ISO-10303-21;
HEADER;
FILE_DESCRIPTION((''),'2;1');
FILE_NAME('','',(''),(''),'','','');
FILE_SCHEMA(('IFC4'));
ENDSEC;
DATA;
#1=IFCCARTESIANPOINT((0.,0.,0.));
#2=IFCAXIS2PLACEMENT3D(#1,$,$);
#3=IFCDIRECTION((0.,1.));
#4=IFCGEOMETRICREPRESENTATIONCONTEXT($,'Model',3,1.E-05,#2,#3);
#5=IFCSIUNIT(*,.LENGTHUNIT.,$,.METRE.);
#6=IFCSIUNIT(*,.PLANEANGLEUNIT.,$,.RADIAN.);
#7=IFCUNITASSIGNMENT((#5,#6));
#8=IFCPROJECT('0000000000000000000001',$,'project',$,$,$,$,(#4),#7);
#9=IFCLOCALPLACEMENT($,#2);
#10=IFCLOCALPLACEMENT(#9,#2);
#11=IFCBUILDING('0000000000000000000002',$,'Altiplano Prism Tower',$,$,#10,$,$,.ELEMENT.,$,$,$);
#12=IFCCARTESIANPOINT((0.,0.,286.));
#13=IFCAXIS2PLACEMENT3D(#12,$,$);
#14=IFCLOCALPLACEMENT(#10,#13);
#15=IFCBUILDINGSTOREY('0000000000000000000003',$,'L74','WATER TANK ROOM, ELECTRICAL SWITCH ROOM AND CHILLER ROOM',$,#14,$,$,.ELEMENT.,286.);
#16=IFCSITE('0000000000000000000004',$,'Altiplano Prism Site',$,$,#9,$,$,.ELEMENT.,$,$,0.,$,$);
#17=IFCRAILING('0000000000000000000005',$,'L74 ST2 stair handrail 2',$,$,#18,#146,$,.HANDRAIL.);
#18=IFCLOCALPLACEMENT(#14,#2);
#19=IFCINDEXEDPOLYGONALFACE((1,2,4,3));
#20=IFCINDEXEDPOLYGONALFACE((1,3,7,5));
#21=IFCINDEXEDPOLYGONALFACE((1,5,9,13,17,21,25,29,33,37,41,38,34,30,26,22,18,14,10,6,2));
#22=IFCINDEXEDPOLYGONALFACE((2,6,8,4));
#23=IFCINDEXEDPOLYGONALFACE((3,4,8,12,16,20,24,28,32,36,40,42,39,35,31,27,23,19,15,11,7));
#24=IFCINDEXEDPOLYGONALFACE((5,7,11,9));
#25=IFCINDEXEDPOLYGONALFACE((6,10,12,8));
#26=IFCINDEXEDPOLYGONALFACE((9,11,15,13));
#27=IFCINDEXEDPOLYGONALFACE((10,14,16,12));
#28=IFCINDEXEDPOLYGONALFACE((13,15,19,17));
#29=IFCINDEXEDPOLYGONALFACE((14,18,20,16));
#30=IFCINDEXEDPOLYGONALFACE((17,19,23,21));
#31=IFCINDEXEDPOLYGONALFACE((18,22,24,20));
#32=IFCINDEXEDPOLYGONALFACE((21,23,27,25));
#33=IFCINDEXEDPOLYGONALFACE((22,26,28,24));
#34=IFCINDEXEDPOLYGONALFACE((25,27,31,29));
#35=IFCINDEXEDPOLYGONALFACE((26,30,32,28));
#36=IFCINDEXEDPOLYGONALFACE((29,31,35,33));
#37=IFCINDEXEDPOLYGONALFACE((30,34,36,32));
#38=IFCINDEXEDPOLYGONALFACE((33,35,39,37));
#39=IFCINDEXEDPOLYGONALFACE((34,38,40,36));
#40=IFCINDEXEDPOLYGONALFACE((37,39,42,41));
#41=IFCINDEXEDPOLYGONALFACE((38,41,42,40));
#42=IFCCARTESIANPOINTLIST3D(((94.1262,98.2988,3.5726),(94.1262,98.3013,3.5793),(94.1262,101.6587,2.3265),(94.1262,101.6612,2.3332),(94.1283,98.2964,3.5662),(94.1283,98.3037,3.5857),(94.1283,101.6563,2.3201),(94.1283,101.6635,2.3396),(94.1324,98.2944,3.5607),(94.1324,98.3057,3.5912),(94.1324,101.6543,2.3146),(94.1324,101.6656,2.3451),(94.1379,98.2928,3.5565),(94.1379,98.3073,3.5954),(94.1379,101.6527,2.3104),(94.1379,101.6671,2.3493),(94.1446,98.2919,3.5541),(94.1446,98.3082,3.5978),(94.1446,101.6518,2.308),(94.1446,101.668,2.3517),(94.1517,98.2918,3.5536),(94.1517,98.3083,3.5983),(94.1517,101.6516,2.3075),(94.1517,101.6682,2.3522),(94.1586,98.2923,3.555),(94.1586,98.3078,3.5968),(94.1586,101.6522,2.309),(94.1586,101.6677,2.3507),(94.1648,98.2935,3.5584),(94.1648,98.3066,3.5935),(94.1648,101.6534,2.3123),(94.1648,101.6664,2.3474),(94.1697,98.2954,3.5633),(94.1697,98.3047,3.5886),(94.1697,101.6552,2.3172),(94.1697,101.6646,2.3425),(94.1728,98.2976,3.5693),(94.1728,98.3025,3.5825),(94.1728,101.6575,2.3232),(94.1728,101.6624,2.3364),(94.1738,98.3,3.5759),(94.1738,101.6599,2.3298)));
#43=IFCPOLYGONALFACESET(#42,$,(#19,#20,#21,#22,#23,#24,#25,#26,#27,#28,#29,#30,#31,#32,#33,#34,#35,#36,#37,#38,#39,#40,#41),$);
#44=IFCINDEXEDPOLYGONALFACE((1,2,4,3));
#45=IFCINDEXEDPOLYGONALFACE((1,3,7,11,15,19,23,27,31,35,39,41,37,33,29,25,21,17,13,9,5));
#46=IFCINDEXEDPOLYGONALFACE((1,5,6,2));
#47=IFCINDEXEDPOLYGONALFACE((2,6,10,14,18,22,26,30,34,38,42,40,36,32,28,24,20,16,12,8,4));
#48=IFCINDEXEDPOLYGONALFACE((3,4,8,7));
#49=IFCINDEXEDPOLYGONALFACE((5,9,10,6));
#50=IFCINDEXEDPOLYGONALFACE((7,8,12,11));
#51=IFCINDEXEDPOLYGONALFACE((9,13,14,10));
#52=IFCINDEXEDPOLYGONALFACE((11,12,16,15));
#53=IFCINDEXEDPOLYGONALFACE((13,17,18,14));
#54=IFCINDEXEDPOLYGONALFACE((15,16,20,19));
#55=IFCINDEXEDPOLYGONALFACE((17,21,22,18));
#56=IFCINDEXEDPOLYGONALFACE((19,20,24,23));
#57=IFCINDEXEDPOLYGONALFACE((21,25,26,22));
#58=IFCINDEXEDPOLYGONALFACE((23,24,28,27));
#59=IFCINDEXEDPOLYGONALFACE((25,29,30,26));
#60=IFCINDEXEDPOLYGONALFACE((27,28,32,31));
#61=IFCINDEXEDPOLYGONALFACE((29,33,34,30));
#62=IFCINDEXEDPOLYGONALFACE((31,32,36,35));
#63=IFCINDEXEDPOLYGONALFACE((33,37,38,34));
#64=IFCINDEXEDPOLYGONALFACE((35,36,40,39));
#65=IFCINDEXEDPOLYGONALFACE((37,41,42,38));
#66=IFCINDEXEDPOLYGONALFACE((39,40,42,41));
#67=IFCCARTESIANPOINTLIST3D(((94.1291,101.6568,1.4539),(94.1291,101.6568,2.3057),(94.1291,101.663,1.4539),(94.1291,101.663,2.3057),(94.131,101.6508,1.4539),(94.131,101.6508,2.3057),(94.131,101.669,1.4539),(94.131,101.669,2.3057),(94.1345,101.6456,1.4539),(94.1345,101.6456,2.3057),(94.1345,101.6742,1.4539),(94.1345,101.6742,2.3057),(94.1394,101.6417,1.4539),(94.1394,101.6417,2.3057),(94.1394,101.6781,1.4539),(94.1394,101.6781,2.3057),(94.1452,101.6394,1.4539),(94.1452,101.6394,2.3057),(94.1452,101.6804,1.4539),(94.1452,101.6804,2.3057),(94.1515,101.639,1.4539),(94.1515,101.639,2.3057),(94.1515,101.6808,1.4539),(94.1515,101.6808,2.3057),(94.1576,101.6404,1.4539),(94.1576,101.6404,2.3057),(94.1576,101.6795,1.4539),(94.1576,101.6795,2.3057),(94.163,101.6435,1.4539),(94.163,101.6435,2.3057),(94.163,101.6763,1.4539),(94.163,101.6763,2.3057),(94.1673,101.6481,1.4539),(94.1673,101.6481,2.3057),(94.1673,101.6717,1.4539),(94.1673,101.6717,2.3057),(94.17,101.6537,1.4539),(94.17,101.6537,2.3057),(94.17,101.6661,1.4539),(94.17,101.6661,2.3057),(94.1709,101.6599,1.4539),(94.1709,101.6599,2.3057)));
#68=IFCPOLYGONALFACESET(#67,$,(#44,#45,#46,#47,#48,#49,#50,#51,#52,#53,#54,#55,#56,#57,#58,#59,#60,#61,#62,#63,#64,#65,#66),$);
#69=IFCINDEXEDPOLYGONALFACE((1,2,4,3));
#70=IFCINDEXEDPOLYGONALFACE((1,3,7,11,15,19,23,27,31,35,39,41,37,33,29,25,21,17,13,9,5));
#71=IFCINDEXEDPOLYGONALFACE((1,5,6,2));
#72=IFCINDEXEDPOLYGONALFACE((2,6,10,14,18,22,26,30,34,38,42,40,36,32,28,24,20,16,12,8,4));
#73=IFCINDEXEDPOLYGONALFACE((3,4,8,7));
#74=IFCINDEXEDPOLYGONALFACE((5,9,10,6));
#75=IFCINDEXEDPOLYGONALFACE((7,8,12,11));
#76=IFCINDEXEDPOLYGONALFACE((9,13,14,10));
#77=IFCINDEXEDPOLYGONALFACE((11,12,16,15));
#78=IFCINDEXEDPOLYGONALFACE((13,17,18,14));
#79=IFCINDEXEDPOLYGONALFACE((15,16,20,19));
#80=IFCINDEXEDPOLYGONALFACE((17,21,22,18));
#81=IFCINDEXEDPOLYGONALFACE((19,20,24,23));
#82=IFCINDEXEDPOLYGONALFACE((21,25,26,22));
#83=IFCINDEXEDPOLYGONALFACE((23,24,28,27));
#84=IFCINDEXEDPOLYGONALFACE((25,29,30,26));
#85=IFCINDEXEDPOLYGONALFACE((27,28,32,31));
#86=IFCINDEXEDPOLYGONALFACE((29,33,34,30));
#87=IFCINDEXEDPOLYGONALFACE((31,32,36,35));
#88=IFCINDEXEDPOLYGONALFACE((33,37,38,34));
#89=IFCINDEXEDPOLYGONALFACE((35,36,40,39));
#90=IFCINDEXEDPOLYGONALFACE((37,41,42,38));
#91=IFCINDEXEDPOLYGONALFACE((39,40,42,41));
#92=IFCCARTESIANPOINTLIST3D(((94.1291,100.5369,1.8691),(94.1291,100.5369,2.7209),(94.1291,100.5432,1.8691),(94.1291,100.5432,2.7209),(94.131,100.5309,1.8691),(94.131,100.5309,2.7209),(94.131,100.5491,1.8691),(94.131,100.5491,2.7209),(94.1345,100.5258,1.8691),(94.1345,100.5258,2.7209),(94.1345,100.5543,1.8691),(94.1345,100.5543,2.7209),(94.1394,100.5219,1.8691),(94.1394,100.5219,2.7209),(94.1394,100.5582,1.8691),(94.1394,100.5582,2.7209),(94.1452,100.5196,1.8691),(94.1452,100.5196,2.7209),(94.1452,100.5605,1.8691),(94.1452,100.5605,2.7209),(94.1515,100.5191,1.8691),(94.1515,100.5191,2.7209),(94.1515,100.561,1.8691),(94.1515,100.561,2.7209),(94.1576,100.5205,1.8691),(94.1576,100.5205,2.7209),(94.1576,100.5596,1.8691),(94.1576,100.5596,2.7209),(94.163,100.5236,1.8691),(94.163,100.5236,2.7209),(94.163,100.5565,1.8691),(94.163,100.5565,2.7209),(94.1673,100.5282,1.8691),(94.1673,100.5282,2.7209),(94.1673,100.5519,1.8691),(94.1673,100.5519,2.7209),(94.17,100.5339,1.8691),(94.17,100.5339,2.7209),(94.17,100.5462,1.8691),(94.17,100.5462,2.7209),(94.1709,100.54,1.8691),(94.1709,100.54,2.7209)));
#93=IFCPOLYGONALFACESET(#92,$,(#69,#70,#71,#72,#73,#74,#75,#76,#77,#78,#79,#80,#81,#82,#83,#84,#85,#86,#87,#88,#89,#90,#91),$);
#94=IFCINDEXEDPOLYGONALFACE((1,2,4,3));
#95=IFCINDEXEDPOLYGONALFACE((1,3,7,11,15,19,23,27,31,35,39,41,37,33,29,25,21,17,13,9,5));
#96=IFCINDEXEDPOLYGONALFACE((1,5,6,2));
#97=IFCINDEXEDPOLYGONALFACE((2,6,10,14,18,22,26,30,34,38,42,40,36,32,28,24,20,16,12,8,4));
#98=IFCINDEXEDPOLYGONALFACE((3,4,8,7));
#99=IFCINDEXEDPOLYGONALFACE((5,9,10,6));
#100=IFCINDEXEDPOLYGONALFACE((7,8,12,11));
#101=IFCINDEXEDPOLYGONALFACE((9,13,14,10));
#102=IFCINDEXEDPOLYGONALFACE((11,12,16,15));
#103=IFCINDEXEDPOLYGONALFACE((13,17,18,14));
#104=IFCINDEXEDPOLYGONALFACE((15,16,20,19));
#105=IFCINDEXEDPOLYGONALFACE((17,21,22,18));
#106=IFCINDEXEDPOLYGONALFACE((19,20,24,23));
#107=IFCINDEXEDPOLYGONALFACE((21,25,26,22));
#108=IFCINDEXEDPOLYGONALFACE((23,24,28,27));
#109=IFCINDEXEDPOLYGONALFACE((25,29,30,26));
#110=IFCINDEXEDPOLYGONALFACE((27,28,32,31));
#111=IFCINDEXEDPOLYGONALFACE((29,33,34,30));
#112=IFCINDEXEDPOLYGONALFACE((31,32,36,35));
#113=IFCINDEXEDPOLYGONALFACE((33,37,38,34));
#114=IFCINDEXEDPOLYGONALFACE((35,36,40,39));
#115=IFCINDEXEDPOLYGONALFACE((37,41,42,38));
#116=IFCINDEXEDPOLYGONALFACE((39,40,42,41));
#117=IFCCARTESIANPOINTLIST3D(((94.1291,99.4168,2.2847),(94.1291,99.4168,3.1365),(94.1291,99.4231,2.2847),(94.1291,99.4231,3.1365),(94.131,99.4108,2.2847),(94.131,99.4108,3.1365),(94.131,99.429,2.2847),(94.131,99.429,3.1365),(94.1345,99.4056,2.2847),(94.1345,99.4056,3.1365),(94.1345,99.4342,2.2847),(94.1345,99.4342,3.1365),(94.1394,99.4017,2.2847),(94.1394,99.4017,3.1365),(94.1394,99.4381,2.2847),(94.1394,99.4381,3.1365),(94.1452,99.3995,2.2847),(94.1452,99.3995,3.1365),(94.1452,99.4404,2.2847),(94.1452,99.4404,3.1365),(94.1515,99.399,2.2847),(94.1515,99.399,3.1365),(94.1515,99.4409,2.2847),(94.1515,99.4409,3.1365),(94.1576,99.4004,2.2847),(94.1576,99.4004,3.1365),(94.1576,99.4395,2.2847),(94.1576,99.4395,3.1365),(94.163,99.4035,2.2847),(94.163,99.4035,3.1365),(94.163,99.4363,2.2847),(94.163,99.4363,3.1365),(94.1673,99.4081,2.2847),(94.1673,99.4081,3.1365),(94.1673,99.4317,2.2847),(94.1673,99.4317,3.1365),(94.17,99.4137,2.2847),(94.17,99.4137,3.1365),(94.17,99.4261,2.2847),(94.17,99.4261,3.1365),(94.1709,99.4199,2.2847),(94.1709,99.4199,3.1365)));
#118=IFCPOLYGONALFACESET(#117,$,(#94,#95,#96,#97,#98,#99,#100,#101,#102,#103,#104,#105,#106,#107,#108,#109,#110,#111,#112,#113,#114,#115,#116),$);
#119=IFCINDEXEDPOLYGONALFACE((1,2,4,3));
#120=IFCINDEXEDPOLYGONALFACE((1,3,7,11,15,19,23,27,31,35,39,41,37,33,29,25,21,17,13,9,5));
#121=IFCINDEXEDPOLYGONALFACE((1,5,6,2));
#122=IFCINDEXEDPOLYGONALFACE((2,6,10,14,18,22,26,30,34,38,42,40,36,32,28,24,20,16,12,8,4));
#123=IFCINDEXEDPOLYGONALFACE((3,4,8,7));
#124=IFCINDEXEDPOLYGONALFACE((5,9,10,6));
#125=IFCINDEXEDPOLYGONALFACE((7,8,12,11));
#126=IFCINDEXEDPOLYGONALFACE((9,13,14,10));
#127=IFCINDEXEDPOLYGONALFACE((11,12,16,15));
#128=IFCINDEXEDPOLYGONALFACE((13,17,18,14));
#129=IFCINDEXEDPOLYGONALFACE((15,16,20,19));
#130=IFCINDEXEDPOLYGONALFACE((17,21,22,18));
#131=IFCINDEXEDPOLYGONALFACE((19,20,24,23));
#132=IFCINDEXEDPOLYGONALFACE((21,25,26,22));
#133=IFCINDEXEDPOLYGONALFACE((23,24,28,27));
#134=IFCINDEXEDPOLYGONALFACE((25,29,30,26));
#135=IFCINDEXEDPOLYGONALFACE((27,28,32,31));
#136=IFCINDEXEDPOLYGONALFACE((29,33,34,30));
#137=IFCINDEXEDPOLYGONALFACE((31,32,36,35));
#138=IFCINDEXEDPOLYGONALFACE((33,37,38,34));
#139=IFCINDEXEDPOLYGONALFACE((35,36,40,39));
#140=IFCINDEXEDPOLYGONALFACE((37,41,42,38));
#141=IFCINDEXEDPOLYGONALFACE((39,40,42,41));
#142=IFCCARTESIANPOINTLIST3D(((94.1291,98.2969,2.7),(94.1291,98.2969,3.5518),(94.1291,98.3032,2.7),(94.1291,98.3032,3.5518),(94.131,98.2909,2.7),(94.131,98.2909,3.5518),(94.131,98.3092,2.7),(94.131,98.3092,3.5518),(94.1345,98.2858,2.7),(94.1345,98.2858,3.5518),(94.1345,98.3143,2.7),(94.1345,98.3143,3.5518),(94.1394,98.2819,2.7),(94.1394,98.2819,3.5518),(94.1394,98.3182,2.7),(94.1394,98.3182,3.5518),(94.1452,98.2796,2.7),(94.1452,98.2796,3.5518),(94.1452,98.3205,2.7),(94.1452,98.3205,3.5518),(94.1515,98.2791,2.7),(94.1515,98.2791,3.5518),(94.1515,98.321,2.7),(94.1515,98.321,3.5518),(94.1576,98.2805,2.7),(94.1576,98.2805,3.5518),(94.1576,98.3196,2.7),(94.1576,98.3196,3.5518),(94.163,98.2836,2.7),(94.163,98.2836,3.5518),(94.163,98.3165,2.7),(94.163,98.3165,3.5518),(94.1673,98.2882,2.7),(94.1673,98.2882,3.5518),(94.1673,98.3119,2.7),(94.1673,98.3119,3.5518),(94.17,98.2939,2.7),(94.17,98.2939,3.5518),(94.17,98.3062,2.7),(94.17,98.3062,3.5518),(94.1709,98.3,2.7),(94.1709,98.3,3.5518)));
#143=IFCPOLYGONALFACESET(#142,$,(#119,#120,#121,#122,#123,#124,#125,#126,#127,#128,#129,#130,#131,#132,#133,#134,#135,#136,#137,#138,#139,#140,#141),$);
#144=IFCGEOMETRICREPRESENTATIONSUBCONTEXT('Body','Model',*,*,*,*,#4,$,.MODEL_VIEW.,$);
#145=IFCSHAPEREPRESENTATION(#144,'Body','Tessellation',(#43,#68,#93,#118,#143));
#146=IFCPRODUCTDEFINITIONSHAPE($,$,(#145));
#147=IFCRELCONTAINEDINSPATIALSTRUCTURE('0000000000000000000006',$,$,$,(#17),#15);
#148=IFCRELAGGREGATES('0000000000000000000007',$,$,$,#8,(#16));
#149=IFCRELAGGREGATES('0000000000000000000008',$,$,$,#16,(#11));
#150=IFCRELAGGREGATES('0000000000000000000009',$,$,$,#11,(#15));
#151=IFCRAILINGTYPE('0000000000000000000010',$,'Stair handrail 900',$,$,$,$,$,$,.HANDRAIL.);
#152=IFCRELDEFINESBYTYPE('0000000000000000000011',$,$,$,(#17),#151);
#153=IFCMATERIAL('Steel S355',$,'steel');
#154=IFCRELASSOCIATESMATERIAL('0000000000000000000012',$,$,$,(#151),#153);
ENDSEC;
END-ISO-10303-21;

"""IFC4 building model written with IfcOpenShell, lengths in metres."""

from ifc_helpers import new_model, si_unit, direction, frame, origin, origin_2d, place, context, subcontext, project, spatial, circle, extrude, material, type_object, element, save


model = new_model("IFC4")

# Units and contexts
model_context = context("Model", 3, precision=1e-05, world=origin(), true_north=direction((0.0, 1.0)))
body_context = subcontext(model_context, "Body", "Model", "MODEL_VIEW")
ifc_project = project(units=[si_unit("LENGTHUNIT", "METRE"), si_unit("PLANEANGLEUNIT", "RADIAN")], contexts=[model_context])

# Site, building, storey
site_placement = place(None, origin())
site = spatial("IfcSite", under=ifc_project, at=site_placement, Name="Altiplano Prism Site", CompositionType="ELEMENT", RefElevation=0.0)
building_placement = place(site_placement, origin())
building = spatial("IfcBuilding", under=site, at=building_placement, Name="Altiplano Prism Tower", CompositionType="ELEMENT")
storey_placement = place(building_placement, frame((0.0, 0.0, 286.0)))
storey = spatial("IfcBuildingStorey", under=building, at=storey_placement, Name="L74", Description="WATER TANK ROOM, ELECTRICAL SWITCH ROOM AND CHILLER ROOM", CompositionType="ELEMENT", Elevation=286.0)

# Shared definitions
ifc_material_1 = material(Name="Steel S355", Category="steel")

# Railing
railing_type = type_object("IfcRailingType", Name="Stair handrail 900", PredefinedType="HANDRAIL", material=ifc_material_1)
railing_1_placement = place(storey_placement, frame((94.1499, 101.6599, 1.4539)))
element("IfcRailing", 1, at=railing_1_placement, inside=storey, type_object=railing_type, Name="L74 ST2 stair handrail 2", PredefinedType="HANDRAIL", context=body_context, shape_type="SweptSolid", body=[
    extrude(circle(Radius=0.0239, at=origin_2d()), frame((0.0, 0.0, 0.876), z_axis=(0.0, -0.937594, 0.347731), x_axis=(1.0, 0.0, 0.0)), (0.0, 0.0, 1.0), 3.5835),
    extrude(circle(Radius=0.021, at=origin_2d()), origin(), (0.0, 0.0, 1.0), 0.8518),
    extrude(circle(Radius=0.021, at=origin_2d()), frame((0.0, -1.1199, 0.4153)), (0.0, 0.0, 1.0), 0.8518),
    extrude(circle(Radius=0.021, at=origin_2d()), frame((0.0, -2.24, 0.8308)), (0.0, 0.0, 1.0), 0.8518),
    extrude(circle(Radius=0.021, at=origin_2d()), frame((0.0, -3.3599, 1.2461)), (0.0, 0.0, 1.0), 0.8518),
])

save(model, "model.ifc")
